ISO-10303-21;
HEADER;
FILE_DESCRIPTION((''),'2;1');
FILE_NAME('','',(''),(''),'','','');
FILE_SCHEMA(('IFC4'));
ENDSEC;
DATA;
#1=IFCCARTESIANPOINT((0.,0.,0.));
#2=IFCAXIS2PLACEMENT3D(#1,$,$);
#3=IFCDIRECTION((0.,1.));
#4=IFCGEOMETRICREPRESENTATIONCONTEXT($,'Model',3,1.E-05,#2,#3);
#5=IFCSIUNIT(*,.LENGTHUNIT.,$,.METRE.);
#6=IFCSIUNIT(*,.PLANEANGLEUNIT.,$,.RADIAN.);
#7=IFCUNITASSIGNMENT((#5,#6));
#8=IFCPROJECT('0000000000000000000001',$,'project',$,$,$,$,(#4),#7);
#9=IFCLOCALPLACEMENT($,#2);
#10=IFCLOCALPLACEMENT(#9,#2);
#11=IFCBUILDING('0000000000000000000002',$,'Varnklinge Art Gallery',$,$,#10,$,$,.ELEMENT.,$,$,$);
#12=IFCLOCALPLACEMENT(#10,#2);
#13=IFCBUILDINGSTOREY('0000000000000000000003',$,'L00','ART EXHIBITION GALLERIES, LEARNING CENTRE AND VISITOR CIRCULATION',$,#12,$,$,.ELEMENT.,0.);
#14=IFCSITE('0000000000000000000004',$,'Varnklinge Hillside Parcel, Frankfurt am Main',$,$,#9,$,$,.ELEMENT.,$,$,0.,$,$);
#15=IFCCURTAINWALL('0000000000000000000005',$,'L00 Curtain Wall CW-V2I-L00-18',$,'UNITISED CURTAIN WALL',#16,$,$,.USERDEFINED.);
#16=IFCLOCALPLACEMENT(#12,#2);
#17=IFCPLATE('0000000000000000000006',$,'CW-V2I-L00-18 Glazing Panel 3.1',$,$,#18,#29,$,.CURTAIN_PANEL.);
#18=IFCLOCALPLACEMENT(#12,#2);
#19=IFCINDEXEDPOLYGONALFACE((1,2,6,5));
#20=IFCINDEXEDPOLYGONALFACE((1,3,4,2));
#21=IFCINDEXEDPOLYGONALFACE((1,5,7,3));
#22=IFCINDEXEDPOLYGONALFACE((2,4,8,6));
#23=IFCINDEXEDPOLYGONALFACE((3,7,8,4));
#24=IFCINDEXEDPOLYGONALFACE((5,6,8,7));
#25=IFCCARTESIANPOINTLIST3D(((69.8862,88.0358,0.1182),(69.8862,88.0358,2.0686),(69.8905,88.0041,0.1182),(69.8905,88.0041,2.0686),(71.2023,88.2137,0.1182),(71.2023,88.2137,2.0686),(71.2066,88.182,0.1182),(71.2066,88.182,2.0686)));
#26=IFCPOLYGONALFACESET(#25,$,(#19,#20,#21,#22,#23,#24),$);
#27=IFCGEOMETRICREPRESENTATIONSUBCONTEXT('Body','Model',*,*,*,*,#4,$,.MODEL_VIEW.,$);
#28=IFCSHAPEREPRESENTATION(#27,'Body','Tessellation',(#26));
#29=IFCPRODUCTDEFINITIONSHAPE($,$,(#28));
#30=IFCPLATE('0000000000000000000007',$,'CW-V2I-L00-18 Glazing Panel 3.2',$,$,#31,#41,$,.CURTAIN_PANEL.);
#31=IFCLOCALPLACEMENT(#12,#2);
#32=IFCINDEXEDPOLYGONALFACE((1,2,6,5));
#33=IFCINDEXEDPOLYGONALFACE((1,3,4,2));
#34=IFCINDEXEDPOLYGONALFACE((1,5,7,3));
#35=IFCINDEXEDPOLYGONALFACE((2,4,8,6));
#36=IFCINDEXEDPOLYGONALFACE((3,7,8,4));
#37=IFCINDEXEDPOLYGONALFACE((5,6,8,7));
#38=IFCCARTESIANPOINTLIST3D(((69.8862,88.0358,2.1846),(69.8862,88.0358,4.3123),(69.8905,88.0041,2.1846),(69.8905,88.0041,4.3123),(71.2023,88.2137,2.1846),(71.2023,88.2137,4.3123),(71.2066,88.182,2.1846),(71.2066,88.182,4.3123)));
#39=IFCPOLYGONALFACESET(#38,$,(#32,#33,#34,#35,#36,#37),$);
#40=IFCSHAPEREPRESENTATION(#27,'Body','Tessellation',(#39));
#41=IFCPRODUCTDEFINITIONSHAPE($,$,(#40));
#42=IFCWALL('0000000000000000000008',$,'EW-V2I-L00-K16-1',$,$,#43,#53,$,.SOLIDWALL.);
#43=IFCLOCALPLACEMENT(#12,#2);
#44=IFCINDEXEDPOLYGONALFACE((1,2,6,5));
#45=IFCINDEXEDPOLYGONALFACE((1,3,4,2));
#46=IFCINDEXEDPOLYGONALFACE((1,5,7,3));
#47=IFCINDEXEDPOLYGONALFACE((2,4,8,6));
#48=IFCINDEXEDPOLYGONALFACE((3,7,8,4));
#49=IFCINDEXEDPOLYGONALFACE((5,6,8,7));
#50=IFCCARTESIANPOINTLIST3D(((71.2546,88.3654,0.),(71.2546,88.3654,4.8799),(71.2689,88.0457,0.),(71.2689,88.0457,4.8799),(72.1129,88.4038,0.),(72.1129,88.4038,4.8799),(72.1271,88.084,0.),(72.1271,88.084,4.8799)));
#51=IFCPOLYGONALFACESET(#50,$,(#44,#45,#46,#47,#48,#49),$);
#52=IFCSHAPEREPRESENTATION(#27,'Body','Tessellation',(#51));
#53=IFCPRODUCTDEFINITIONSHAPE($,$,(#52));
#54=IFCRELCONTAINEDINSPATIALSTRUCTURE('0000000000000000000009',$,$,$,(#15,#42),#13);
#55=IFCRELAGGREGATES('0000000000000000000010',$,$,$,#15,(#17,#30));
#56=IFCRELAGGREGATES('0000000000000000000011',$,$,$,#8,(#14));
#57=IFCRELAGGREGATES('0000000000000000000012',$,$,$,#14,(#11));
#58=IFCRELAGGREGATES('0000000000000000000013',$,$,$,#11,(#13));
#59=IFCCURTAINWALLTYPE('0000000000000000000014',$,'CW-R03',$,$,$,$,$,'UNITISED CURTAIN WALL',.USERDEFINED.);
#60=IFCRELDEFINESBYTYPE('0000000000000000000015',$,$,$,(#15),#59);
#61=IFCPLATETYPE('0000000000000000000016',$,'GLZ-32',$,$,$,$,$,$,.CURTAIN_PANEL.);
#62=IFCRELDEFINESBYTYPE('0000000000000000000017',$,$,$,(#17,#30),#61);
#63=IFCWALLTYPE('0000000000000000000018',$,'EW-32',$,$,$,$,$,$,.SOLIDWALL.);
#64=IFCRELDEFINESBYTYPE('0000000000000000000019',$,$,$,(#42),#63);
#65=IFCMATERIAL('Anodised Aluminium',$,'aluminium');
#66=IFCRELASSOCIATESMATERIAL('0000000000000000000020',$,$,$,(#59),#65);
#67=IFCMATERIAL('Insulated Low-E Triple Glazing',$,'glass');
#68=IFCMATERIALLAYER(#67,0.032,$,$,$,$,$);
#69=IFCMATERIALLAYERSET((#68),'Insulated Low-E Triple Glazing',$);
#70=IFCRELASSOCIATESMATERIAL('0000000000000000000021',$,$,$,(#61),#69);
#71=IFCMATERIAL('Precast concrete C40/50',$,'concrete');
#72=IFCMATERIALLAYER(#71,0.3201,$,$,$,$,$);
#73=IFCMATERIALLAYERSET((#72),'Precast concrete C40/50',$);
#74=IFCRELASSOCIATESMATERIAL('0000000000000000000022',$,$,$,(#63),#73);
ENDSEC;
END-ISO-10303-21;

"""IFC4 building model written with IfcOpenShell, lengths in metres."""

from ifc_helpers import new_model, si_unit, direction, frame, frame_2d, origin, origin_2d, place, context, subcontext, project, spatial, rectangle, extrude, material, layer, layer_set, type_object, element, aggregate, save


model = new_model("IFC4")

# Units and contexts
model_context = context("Model", 3, precision=1e-05, world=origin(), true_north=direction((0.0, 1.0)))
body_context = subcontext(model_context, "Body", "Model", "MODEL_VIEW")
ifc_project = project(units=[si_unit("LENGTHUNIT", "METRE"), si_unit("PLANEANGLEUNIT", "RADIAN")], contexts=[model_context])

# Site, building, storey
site_placement = place(None, origin())
site = spatial("IfcSite", under=ifc_project, at=site_placement, Name="Varnklinge Hillside Parcel, Frankfurt am Main", CompositionType="ELEMENT", RefElevation=0.0)
building_placement = place(site_placement, origin())
building = spatial("IfcBuilding", under=site, at=building_placement, Name="Varnklinge Art Gallery", CompositionType="ELEMENT")
storey_placement = place(building_placement, origin())
storey = spatial("IfcBuildingStorey", under=building, at=storey_placement, Name="L00", Description="ART EXHIBITION GALLERIES, LEARNING CENTRE AND VISITOR CIRCULATION", CompositionType="ELEMENT", Elevation=0.0)

# Shared definitions
ifc_material_1 = material(Name="Anodised Aluminium", Category="aluminium")
curtain_wall_type = type_object("IfcCurtainWallType", Name="CW-R03", ElementType="UNITISED CURTAIN WALL", PredefinedType="USERDEFINED", material=ifc_material_1)

# Curtain wall
curtain_wall_1_placement = place(storey_placement, origin())
curtain_wall_1 = element("IfcCurtainWall", 1, at=curtain_wall_1_placement, inside=storey, type_object=curtain_wall_type, Name="L00 Curtain Wall CW-V2I-L00-18", ObjectType="UNITISED CURTAIN WALL", PredefinedType="USERDEFINED")

# Plates
ifc_material_2 = material(Name="Insulated Low-E Triple Glazing", Category="glass")
ifc_layer_1 = layer(ifc_material_2, 0.032)
ifc_layer_set_1 = layer_set([ifc_layer_1], Name="Insulated Low-E Triple Glazing")
plate_type = type_object("IfcPlateType", Name="GLZ-32", PredefinedType="CURTAIN_PANEL", material=ifc_layer_set_1)
plate_1_placement = place(storey_placement, frame((70.5464, 88.1089, 0.1182), z_axis=(0.0, 0.0, 1.0), x_axis=(0.990983, 0.133986, 0.0)))
plate_1 = element("IfcPlate", 2, at=plate_1_placement, type_object=plate_type, Name="CW-V2I-L00-18 Glazing Panel 3.1", PredefinedType="CURTAIN_PANEL", context=body_context, shape_type="SweptSolid", body=[
    extrude(rectangle(XDim=1.3281, YDim=0.032, at=origin_2d()), origin(), (0.0, 0.0, 1.0), 1.9504),
])
plate_2_placement = place(storey_placement, frame((70.5464, 88.1089, 2.1846), z_axis=(0.0, 0.0, 1.0), x_axis=(0.990983, 0.133986, 0.0)))
plate_2 = element("IfcPlate", 3, at=plate_2_placement, type_object=plate_type, Name="CW-V2I-L00-18 Glazing Panel 3.2", PredefinedType="CURTAIN_PANEL", context=body_context, shape_type="SweptSolid", body=[
    extrude(rectangle(XDim=1.3281, YDim=0.032, at=origin_2d()), origin(), (0.0, 0.0, 1.0), 2.1277),
])
aggregate(curtain_wall_1, [plate_1, plate_2])

# Wall
ifc_material_3 = material(Name="Precast concrete C40/50", Category="concrete")
ifc_layer_2 = layer(ifc_material_3, 0.3201)
ifc_layer_set_2 = layer_set([ifc_layer_2], Name="Precast concrete C40/50")
wall_type = type_object("IfcWallType", Name="EW-32", PredefinedType="SOLIDWALL", material=ifc_layer_set_2)
wall_placement = place(storey_placement, frame((72.1201, 88.2439, 0.0), z_axis=(0.0, 0.0, 1.0), x_axis=(-0.999004, -0.044621, 0.0)))
element("IfcWall", 4, at=wall_placement, inside=storey, type_object=wall_type, Name="EW-V2I-L00-K16-1", PredefinedType="SOLIDWALL", context=body_context, shape_type="SweptSolid", body=[
    extrude(rectangle(XDim=0.8591, YDim=0.3201, at=frame_2d((0.4297, 0.0))), origin(), (0.0, 0.0, 1.0), 4.8799),
])

save(model, "model.ifc")
